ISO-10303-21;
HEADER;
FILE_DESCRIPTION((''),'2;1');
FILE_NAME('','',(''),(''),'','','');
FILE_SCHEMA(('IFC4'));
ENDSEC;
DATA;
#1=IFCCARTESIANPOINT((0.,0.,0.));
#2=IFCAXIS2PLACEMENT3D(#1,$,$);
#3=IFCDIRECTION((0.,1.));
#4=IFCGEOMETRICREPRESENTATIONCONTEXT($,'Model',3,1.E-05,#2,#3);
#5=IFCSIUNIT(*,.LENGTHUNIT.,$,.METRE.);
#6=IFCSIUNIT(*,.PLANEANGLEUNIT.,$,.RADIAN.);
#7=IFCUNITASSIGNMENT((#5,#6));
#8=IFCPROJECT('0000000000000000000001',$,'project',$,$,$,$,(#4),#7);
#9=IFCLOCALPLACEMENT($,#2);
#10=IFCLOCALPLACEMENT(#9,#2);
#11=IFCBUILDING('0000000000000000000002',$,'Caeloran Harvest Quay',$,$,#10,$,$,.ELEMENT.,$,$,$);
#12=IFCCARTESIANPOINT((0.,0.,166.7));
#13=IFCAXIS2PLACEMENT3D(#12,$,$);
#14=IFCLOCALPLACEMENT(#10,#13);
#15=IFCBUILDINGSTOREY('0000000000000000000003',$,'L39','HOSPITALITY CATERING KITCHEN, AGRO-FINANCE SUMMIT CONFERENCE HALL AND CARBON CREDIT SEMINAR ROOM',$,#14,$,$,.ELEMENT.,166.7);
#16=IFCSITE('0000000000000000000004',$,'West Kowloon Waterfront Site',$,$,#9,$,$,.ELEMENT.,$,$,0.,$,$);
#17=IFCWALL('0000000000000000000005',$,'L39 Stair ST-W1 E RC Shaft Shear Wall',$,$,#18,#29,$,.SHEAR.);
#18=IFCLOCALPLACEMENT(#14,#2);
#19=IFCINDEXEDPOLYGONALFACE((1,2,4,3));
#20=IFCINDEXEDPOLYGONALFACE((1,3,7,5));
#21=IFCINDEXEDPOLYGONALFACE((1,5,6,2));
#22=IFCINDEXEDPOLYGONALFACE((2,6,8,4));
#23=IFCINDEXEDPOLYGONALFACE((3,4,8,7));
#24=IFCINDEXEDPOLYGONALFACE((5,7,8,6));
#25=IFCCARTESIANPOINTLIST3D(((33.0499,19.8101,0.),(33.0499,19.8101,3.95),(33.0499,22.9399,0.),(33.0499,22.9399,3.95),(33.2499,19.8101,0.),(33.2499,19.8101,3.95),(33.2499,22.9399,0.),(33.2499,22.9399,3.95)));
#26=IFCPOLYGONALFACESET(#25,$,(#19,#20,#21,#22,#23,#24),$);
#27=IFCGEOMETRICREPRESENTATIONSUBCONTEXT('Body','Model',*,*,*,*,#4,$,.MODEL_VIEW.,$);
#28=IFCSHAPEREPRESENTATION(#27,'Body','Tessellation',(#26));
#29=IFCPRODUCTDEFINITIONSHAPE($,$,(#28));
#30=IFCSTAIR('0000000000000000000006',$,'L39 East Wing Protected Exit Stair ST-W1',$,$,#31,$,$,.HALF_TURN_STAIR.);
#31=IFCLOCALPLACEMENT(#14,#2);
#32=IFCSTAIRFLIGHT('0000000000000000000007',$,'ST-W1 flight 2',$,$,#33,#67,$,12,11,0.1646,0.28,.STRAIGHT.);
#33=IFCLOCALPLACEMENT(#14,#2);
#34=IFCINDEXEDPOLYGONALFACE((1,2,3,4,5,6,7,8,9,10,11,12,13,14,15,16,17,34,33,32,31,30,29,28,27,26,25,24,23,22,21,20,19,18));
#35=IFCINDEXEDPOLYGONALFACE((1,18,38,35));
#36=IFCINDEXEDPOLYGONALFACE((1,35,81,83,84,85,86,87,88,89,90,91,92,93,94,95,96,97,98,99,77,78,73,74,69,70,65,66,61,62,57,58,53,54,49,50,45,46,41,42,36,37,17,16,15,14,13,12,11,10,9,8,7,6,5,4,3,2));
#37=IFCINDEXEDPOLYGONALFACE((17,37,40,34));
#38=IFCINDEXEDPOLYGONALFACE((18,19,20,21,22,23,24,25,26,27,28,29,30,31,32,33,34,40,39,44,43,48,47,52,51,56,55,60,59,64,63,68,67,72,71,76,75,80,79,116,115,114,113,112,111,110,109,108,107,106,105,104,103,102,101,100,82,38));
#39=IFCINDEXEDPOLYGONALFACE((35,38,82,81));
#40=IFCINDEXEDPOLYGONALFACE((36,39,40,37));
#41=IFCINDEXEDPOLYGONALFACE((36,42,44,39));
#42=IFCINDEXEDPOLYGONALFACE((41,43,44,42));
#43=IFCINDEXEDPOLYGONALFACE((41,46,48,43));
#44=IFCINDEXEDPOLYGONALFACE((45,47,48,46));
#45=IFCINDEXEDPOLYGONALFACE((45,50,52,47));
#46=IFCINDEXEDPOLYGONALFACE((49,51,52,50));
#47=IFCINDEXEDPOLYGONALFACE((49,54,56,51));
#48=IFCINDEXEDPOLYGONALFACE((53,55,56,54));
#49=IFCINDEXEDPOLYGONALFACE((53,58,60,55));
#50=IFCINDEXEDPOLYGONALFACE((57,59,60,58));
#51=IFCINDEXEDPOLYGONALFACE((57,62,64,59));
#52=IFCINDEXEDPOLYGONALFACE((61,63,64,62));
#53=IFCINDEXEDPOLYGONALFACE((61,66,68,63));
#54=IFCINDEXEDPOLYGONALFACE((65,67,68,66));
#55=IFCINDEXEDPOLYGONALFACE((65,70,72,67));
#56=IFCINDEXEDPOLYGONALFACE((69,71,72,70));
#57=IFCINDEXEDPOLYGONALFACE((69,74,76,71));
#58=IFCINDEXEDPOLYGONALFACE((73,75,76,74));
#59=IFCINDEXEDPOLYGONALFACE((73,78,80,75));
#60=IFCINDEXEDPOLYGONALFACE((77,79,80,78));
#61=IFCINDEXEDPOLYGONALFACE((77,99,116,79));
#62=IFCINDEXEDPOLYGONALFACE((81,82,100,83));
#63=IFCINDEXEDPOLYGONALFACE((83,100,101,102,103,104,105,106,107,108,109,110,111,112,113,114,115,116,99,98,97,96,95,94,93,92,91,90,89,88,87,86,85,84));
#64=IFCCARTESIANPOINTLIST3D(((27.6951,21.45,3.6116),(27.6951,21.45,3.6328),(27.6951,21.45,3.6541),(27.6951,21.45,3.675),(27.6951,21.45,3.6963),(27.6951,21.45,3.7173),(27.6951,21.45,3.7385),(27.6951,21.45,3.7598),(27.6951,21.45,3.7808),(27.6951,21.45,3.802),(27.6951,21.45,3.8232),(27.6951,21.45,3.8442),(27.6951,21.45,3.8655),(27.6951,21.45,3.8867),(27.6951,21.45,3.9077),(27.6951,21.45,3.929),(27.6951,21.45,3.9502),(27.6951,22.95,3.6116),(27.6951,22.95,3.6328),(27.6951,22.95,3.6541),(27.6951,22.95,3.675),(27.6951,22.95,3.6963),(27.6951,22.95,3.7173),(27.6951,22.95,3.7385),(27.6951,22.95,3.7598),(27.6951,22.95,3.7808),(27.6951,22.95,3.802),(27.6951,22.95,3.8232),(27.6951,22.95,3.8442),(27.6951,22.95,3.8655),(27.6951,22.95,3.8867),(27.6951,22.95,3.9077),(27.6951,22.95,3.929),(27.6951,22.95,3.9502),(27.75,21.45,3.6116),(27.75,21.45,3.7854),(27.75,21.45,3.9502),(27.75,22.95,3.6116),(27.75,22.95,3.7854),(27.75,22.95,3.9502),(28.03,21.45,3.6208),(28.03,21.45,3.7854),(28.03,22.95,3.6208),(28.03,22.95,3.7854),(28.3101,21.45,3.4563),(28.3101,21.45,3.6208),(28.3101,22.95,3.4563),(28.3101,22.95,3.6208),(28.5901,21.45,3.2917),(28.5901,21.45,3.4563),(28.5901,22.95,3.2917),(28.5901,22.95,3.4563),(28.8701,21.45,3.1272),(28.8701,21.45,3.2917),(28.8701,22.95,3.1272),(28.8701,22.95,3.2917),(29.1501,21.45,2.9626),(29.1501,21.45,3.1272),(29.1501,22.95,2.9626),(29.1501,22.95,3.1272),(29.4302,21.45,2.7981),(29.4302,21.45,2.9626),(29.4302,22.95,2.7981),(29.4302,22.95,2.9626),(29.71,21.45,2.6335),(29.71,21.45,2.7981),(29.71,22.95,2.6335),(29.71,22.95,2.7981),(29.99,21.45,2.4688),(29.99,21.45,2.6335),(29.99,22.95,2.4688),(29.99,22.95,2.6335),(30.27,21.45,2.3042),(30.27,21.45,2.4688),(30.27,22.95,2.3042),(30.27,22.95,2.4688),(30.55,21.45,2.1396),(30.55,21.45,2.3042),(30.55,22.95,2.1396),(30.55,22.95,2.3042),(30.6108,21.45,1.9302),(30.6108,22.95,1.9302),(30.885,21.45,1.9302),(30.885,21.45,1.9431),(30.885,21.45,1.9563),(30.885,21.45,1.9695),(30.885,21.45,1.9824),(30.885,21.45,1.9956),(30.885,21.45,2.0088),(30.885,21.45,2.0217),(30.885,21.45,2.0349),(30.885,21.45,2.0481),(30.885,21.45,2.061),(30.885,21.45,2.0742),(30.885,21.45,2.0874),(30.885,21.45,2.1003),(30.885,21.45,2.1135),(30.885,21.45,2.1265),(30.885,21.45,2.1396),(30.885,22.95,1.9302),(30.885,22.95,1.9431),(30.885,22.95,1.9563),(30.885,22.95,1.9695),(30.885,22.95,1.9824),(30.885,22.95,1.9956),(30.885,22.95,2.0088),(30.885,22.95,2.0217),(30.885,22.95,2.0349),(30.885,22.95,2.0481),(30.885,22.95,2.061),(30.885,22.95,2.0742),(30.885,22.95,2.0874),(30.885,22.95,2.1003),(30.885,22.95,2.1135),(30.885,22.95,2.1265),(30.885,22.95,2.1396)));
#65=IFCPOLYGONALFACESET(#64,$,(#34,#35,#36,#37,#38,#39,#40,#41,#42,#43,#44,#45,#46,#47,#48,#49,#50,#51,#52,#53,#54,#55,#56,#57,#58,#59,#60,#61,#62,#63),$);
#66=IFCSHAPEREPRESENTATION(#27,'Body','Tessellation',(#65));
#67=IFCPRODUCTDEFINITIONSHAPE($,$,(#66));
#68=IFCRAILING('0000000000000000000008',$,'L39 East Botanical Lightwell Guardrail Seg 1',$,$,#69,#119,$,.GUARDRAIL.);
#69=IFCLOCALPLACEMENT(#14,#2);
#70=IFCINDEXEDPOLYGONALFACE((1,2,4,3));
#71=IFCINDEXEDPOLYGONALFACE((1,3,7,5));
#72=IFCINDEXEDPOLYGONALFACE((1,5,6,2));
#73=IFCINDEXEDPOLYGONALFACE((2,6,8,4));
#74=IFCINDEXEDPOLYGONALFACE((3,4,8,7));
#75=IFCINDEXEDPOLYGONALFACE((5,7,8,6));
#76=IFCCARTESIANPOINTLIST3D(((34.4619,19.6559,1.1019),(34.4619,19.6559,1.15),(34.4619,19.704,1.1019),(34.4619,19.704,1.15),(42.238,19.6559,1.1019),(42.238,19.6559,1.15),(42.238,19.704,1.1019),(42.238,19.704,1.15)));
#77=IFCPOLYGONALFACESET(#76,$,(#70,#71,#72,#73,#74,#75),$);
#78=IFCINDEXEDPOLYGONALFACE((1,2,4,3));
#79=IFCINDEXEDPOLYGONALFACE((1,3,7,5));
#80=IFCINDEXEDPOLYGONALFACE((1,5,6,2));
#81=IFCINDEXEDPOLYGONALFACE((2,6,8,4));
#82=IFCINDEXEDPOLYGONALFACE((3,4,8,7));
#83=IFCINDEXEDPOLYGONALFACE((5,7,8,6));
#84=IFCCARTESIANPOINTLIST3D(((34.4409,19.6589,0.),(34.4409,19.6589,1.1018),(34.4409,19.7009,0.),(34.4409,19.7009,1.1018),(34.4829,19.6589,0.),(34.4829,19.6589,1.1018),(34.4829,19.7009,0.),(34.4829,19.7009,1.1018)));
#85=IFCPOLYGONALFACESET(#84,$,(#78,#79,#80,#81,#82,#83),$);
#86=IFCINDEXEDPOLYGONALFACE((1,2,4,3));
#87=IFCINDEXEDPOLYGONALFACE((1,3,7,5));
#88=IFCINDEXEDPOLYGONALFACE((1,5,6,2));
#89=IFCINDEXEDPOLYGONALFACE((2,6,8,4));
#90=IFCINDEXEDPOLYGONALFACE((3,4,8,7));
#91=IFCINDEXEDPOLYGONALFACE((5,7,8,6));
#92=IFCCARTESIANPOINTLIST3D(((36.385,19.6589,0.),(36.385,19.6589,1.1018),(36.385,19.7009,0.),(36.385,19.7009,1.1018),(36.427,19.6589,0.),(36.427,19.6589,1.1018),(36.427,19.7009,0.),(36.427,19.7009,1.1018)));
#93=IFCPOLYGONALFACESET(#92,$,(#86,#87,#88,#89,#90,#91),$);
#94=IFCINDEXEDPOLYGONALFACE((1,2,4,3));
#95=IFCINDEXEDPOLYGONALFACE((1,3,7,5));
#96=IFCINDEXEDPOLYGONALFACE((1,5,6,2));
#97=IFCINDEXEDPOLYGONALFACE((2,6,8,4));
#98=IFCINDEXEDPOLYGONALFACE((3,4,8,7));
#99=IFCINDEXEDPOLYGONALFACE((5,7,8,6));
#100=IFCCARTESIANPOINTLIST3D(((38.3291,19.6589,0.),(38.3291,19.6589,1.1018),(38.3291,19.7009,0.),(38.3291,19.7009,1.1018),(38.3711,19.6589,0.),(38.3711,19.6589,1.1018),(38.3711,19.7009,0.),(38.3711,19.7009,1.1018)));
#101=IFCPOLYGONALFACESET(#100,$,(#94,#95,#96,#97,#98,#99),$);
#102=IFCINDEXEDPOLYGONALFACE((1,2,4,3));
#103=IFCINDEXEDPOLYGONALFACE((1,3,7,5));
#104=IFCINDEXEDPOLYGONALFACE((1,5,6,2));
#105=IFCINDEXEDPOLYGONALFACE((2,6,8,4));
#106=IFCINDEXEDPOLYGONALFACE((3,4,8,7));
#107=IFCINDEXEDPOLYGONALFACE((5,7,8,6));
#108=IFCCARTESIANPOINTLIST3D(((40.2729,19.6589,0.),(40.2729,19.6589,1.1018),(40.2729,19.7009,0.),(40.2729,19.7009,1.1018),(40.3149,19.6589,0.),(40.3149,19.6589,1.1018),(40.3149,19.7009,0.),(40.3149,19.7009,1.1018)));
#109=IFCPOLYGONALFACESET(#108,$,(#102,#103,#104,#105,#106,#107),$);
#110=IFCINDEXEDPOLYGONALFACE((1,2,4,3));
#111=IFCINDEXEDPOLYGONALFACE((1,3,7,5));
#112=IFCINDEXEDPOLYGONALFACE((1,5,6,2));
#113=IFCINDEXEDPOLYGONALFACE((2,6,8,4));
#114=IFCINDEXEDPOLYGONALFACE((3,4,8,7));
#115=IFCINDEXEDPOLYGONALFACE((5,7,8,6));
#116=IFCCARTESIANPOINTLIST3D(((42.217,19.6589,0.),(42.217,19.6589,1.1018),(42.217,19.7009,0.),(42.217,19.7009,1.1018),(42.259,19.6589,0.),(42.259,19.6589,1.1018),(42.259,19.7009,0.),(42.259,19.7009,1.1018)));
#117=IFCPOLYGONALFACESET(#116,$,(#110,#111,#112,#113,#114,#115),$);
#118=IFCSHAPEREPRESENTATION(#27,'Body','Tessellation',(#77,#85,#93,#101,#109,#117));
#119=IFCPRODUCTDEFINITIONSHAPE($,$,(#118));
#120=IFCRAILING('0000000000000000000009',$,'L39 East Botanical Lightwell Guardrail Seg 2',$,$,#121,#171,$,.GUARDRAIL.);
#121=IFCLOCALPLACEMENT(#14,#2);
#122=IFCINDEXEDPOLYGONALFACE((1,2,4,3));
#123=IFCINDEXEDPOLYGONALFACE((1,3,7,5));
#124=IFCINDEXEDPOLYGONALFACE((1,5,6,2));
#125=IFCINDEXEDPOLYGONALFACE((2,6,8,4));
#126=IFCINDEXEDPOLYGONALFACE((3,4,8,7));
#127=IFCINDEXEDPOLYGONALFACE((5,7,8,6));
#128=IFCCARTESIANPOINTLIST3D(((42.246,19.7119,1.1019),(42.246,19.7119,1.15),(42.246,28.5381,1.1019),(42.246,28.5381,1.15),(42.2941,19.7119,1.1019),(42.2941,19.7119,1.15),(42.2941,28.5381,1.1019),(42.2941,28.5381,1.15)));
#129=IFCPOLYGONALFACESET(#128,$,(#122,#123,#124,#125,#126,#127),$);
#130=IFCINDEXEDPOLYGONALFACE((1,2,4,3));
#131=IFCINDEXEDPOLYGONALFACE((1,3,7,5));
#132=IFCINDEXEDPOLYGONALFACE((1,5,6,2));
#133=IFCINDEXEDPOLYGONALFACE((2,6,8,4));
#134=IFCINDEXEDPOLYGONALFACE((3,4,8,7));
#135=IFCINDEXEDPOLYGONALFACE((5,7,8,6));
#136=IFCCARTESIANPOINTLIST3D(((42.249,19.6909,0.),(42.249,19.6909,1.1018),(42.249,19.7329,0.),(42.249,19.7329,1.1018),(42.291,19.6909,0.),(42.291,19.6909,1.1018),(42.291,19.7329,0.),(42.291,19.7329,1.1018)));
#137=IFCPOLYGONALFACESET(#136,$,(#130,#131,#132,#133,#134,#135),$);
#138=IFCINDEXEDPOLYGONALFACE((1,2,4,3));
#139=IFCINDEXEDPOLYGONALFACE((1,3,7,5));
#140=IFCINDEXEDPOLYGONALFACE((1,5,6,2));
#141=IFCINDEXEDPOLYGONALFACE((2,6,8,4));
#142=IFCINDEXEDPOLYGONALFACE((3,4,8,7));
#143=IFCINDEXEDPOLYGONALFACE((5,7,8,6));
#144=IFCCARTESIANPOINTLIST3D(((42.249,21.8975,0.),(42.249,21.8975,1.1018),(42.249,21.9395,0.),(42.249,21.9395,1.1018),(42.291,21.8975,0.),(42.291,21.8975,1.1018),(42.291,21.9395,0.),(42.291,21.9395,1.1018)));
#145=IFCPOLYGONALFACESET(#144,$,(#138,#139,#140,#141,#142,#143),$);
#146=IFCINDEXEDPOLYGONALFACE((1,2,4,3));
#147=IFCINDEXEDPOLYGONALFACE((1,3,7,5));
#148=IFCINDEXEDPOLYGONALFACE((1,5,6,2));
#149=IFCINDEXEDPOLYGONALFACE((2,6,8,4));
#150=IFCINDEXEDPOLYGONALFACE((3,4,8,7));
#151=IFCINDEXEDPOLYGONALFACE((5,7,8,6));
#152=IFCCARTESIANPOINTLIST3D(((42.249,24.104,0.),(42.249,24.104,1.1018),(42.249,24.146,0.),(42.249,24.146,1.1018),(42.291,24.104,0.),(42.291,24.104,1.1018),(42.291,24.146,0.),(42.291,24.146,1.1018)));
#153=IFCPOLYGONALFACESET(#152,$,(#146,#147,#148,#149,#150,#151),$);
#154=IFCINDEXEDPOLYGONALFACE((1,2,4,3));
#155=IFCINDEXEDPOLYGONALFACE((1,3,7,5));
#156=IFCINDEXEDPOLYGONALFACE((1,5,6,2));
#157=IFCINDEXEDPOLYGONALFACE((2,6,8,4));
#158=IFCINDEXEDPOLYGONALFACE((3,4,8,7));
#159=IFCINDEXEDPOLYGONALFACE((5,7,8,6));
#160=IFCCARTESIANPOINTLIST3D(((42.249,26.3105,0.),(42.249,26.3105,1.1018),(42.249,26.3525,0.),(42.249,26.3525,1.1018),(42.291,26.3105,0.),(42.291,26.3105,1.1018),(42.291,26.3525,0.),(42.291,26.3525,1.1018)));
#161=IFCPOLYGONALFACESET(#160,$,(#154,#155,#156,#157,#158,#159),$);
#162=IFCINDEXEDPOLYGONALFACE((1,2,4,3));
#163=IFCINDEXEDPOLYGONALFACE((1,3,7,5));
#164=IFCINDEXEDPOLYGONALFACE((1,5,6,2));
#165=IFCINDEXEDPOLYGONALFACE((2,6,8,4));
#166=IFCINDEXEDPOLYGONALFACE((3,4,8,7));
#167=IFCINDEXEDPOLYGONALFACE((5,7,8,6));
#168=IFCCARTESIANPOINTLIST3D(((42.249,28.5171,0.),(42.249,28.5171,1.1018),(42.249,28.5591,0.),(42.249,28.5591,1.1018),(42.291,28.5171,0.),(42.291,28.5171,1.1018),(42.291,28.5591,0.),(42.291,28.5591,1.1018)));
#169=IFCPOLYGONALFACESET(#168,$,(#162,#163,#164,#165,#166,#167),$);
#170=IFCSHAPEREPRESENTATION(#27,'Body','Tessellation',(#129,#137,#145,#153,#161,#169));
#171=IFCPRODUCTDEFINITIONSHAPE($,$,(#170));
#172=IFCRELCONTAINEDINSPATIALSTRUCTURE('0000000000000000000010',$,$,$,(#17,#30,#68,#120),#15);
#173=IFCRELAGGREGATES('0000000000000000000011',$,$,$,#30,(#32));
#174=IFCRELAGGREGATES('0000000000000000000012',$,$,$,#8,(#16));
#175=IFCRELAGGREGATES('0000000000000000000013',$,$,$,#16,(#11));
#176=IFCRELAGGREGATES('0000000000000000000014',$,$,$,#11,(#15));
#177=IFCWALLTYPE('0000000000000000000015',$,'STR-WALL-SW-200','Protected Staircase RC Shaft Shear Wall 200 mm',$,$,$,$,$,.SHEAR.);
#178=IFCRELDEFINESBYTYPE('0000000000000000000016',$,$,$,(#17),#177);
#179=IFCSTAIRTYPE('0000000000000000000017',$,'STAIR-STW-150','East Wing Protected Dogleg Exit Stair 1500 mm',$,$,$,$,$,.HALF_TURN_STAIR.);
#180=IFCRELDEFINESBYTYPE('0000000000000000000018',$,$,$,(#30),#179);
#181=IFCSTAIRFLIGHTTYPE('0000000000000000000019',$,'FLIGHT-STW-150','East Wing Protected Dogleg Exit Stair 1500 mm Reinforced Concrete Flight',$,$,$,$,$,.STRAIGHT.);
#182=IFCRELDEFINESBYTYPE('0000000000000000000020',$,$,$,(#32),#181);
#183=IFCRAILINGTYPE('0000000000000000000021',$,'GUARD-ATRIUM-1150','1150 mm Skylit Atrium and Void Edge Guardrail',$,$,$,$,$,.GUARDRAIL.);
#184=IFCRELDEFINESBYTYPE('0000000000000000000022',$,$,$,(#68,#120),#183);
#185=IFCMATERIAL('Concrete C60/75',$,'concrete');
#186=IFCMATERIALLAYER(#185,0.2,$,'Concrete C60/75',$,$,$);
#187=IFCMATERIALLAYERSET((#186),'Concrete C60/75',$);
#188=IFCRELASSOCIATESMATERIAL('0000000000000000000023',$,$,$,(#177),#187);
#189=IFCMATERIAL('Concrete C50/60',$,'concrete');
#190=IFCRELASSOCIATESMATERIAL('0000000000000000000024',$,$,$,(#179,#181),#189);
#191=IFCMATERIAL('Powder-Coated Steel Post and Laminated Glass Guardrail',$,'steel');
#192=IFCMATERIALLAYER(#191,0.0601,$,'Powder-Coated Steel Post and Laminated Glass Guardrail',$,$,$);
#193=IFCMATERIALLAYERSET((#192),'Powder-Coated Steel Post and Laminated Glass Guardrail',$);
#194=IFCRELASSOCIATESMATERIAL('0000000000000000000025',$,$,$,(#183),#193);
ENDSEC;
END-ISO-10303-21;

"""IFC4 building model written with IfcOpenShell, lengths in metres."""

from ifc_helpers import new_model, si_unit, direction, frame, frame_2d, origin, origin_2d, place, context, subcontext, project, spatial, polyline, rectangle, outline, extrude, material, layer, layer_set, type_object, element, aggregate, save


model = new_model("IFC4")

# Units and contexts
model_context = context("Model", 3, precision=1e-05, world=origin(), true_north=direction((0.0, 1.0)))
body_context = subcontext(model_context, "Body", "Model", "MODEL_VIEW")
ifc_project = project(units=[si_unit("LENGTHUNIT", "METRE"), si_unit("PLANEANGLEUNIT", "RADIAN")], contexts=[model_context])

# Site, building, storey
site_placement = place(None, origin())
site = spatial("IfcSite", under=ifc_project, at=site_placement, Name="West Kowloon Waterfront Site", CompositionType="ELEMENT", RefElevation=0.0)
building_placement = place(site_placement, origin())
building = spatial("IfcBuilding", under=site, at=building_placement, Name="Caeloran Harvest Quay", CompositionType="ELEMENT")
storey_placement = place(building_placement, frame((0.0, 0.0, 166.7)))
storey = spatial("IfcBuildingStorey", under=building, at=storey_placement, Name="L39", Description="HOSPITALITY CATERING KITCHEN, AGRO-FINANCE SUMMIT CONFERENCE HALL AND CARBON CREDIT SEMINAR ROOM", CompositionType="ELEMENT", Elevation=166.7)

# Wall
ifc_material_1 = material(Name="Concrete C60/75", Category="concrete")
ifc_layer_1 = layer(ifc_material_1, 0.2, Name="Concrete C60/75")
ifc_layer_set_1 = layer_set([ifc_layer_1], Name="Concrete C60/75")
wall_type_1 = type_object("IfcWallType", Name="STR-WALL-SW-200", Description="Protected Staircase RC Shaft Shear Wall 200 mm", PredefinedType="SHEAR", material=ifc_layer_set_1)
wall_1_placement = place(storey_placement, frame((33.1499, 19.8101, 0.0), z_axis=(0.0, 0.0, 1.0), x_axis=(0.0, 1.0, 0.0)))
element("IfcWall", 1, at=wall_1_placement, inside=storey, type_object=wall_type_1, Name="L39 Stair ST-W1 E RC Shaft Shear Wall", PredefinedType="SHEAR", context=body_context, shape_type="SweptSolid", body=[
    extrude(rectangle(XDim=3.1299, YDim=0.2, at=frame_2d((1.5649, 0.0))), origin(), (0.0, 0.0, 1.0), 3.95),
])

# Stair, stair flight
ifc_material_2 = material(Name="Concrete C50/60", Category="concrete")
stair_type = type_object("IfcStairType", Name="STAIR-STW-150", Description="East Wing Protected Dogleg Exit Stair 1500 mm", PredefinedType="HALF_TURN_STAIR", material=ifc_material_2)
stair_placement = place(storey_placement, origin())
stair = element("IfcStair", 2, at=stair_placement, inside=storey, type_object=stair_type, Name="L39 East Wing Protected Exit Stair ST-W1", PredefinedType="HALF_TURN_STAIR")
stair_flight_type = type_object("IfcStairFlightType", Name="FLIGHT-STW-150", Description="East Wing Protected Dogleg Exit Stair 1500 mm Reinforced Concrete Flight", PredefinedType="STRAIGHT", material=ifc_material_2)
stair_flight_placement = place(storey_placement, frame((30.8301, 22.2, 1.9751), z_axis=(0.0, 0.0, 1.0), x_axis=(-1.0, 0.0, 0.0)))
stair_flight = element("IfcStairFlight", 3, at=stair_flight_placement, type_object=stair_flight_type, Name="ST-W1 flight 2", NumberOfRisers=12, NumberOfTreads=11, PredefinedType="STRAIGHT", RiserHeight=0.1646, TreadLength=0.28, context=body_context, shape_type="SweptSolid", body=[
    extrude(outline(polyline([(-0.0549, -0.0449), (-0.0549, -0.032), (-0.0549, -0.0188), (-0.0549, -0.0056), (-0.0549, 0.0073), (-0.0549, 0.0205), (-0.0549, 0.0337), (-0.0549, 0.0466), (-0.0549, 0.0598), (-0.0549, 0.073), (-0.0549, 0.0859), (-0.0549, 0.0991), (-0.0549, 0.1123), (-0.0549, 0.1252), (-0.0549, 0.1384), (-0.0549, 0.1514), (-0.0549, 0.1646), (0.28, 0.1646), (0.28, 0.3291), (0.5601, 0.3291), (0.5601, 0.4937), (0.8401, 0.4937), (0.8401, 0.6584), (1.1201, 0.6584), (1.1201, 0.823), (1.3999, 0.823), (1.3999, 0.9875), (1.6799, 0.9875), (1.6799, 1.1521), (1.96, 1.1521), (1.96, 1.3167), (2.24, 1.3167), (2.24, 1.4812), (2.52, 1.4812), (2.52, 1.6458), (2.8, 1.6458), (2.8, 1.8103), (3.0801, 1.8103), (3.0801, 1.9751), (3.135, 1.9751), (3.135, 1.9539), (3.135, 1.9326), (3.135, 1.9116), (3.135, 1.8904), (3.135, 1.8691), (3.135, 1.8481), (3.135, 1.8269), (3.135, 1.8057), (3.135, 1.7847), (3.135, 1.7634), (3.135, 1.7422), (3.135, 1.7212), (3.135, 1.7), (3.135, 1.679), (3.135, 1.6577), (3.135, 1.6365), (3.0801, 1.6365), (0.2192, -0.0449), (-0.0549, -0.0449)])), frame((0.0, 0.75, 0.0), z_axis=(0.0, -1.0, 0.0), x_axis=(1.0, 0.0, 0.0)), (0.0, 0.0, 1.0), 1.5),
])
aggregate(stair, [stair_flight])

# Railings
ifc_material_3 = material(Name="Powder-Coated Steel Post and Laminated Glass Guardrail", Category="steel")
ifc_layer_2 = layer(ifc_material_3, 0.0601, Name="Powder-Coated Steel Post and Laminated Glass Guardrail")
ifc_layer_set_2 = layer_set([ifc_layer_2], Name="Powder-Coated Steel Post and Laminated Glass Guardrail")
railing_type_1 = type_object("IfcRailingType", Name="GUARD-ATRIUM-1150", Description="1150 mm Skylit Atrium and Void Edge Guardrail", PredefinedType="GUARDRAIL", material=ifc_layer_set_2)
railing_1_placement = place(storey_placement, frame((34.4619, 19.6799, 0.0)))
element("IfcRailing", 4, at=railing_1_placement, inside=storey, type_object=railing_type_1, Name="L39 East Botanical Lightwell Guardrail Seg 1", PredefinedType="GUARDRAIL", context=body_context, shape_type="SweptSolid", body=[
    extrude(rectangle(XDim=0.0481, YDim=0.0481, at=origin_2d()), frame((0.0, 0.0, 1.126), z_axis=(1.0, 0.0, 0.0), x_axis=(0.0, 1.0, 0.0)), (0.0, 0.0, 1.0), 7.7761),
    extrude(rectangle(XDim=0.042, YDim=0.042, at=origin_2d()), origin(), (0.0, 0.0, 1.0), 1.1018),
    extrude(rectangle(XDim=0.042, YDim=0.042, at=origin_2d()), frame((1.9441, 0.0, 0.0)), (0.0, 0.0, 1.0), 1.1018),
    extrude(rectangle(XDim=0.042, YDim=0.042, at=origin_2d()), frame((3.8882, 0.0, 0.0)), (0.0, 0.0, 1.0), 1.1018),
    extrude(rectangle(XDim=0.042, YDim=0.042, at=origin_2d()), frame((5.832, 0.0, 0.0)), (0.0, 0.0, 1.0), 1.1018),
    extrude(rectangle(XDim=0.042, YDim=0.042, at=origin_2d()), frame((7.7761, 0.0, 0.0)), (0.0, 0.0, 1.0), 1.1018),
])
railing_2_placement = place(storey_placement, frame((42.27, 19.7119, 0.0)))
element("IfcRailing", 5, at=railing_2_placement, inside=storey, type_object=railing_type_1, Name="L39 East Botanical Lightwell Guardrail Seg 2", PredefinedType="GUARDRAIL", context=body_context, shape_type="SweptSolid", body=[
    extrude(rectangle(XDim=0.0481, YDim=0.0481, at=origin_2d()), frame((0.0, 0.0, 1.126), z_axis=(0.0, 1.0, 0.0), x_axis=(-1.0, 0.0, 0.0)), (0.0, 0.0, 1.0), 8.8262),
    extrude(rectangle(XDim=0.042, YDim=0.042, at=origin_2d()), origin(), (0.0, 0.0, 1.0), 1.1018),
    extrude(rectangle(XDim=0.042, YDim=0.042, at=origin_2d()), frame((0.0, 2.2065, 0.0)), (0.0, 0.0, 1.0), 1.1018),
    extrude(rectangle(XDim=0.042, YDim=0.042, at=origin_2d()), frame((0.0, 4.4131, 0.0)), (0.0, 0.0, 1.0), 1.1018),
    extrude(rectangle(XDim=0.042, YDim=0.042, at=origin_2d()), frame((0.0, 6.6196, 0.0)), (0.0, 0.0, 1.0), 1.1018),
    extrude(rectangle(XDim=0.042, YDim=0.042, at=origin_2d()), frame((0.0, 8.8262, 0.0)), (0.0, 0.0, 1.0), 1.1018),
])

save(model, "model.ifc")
